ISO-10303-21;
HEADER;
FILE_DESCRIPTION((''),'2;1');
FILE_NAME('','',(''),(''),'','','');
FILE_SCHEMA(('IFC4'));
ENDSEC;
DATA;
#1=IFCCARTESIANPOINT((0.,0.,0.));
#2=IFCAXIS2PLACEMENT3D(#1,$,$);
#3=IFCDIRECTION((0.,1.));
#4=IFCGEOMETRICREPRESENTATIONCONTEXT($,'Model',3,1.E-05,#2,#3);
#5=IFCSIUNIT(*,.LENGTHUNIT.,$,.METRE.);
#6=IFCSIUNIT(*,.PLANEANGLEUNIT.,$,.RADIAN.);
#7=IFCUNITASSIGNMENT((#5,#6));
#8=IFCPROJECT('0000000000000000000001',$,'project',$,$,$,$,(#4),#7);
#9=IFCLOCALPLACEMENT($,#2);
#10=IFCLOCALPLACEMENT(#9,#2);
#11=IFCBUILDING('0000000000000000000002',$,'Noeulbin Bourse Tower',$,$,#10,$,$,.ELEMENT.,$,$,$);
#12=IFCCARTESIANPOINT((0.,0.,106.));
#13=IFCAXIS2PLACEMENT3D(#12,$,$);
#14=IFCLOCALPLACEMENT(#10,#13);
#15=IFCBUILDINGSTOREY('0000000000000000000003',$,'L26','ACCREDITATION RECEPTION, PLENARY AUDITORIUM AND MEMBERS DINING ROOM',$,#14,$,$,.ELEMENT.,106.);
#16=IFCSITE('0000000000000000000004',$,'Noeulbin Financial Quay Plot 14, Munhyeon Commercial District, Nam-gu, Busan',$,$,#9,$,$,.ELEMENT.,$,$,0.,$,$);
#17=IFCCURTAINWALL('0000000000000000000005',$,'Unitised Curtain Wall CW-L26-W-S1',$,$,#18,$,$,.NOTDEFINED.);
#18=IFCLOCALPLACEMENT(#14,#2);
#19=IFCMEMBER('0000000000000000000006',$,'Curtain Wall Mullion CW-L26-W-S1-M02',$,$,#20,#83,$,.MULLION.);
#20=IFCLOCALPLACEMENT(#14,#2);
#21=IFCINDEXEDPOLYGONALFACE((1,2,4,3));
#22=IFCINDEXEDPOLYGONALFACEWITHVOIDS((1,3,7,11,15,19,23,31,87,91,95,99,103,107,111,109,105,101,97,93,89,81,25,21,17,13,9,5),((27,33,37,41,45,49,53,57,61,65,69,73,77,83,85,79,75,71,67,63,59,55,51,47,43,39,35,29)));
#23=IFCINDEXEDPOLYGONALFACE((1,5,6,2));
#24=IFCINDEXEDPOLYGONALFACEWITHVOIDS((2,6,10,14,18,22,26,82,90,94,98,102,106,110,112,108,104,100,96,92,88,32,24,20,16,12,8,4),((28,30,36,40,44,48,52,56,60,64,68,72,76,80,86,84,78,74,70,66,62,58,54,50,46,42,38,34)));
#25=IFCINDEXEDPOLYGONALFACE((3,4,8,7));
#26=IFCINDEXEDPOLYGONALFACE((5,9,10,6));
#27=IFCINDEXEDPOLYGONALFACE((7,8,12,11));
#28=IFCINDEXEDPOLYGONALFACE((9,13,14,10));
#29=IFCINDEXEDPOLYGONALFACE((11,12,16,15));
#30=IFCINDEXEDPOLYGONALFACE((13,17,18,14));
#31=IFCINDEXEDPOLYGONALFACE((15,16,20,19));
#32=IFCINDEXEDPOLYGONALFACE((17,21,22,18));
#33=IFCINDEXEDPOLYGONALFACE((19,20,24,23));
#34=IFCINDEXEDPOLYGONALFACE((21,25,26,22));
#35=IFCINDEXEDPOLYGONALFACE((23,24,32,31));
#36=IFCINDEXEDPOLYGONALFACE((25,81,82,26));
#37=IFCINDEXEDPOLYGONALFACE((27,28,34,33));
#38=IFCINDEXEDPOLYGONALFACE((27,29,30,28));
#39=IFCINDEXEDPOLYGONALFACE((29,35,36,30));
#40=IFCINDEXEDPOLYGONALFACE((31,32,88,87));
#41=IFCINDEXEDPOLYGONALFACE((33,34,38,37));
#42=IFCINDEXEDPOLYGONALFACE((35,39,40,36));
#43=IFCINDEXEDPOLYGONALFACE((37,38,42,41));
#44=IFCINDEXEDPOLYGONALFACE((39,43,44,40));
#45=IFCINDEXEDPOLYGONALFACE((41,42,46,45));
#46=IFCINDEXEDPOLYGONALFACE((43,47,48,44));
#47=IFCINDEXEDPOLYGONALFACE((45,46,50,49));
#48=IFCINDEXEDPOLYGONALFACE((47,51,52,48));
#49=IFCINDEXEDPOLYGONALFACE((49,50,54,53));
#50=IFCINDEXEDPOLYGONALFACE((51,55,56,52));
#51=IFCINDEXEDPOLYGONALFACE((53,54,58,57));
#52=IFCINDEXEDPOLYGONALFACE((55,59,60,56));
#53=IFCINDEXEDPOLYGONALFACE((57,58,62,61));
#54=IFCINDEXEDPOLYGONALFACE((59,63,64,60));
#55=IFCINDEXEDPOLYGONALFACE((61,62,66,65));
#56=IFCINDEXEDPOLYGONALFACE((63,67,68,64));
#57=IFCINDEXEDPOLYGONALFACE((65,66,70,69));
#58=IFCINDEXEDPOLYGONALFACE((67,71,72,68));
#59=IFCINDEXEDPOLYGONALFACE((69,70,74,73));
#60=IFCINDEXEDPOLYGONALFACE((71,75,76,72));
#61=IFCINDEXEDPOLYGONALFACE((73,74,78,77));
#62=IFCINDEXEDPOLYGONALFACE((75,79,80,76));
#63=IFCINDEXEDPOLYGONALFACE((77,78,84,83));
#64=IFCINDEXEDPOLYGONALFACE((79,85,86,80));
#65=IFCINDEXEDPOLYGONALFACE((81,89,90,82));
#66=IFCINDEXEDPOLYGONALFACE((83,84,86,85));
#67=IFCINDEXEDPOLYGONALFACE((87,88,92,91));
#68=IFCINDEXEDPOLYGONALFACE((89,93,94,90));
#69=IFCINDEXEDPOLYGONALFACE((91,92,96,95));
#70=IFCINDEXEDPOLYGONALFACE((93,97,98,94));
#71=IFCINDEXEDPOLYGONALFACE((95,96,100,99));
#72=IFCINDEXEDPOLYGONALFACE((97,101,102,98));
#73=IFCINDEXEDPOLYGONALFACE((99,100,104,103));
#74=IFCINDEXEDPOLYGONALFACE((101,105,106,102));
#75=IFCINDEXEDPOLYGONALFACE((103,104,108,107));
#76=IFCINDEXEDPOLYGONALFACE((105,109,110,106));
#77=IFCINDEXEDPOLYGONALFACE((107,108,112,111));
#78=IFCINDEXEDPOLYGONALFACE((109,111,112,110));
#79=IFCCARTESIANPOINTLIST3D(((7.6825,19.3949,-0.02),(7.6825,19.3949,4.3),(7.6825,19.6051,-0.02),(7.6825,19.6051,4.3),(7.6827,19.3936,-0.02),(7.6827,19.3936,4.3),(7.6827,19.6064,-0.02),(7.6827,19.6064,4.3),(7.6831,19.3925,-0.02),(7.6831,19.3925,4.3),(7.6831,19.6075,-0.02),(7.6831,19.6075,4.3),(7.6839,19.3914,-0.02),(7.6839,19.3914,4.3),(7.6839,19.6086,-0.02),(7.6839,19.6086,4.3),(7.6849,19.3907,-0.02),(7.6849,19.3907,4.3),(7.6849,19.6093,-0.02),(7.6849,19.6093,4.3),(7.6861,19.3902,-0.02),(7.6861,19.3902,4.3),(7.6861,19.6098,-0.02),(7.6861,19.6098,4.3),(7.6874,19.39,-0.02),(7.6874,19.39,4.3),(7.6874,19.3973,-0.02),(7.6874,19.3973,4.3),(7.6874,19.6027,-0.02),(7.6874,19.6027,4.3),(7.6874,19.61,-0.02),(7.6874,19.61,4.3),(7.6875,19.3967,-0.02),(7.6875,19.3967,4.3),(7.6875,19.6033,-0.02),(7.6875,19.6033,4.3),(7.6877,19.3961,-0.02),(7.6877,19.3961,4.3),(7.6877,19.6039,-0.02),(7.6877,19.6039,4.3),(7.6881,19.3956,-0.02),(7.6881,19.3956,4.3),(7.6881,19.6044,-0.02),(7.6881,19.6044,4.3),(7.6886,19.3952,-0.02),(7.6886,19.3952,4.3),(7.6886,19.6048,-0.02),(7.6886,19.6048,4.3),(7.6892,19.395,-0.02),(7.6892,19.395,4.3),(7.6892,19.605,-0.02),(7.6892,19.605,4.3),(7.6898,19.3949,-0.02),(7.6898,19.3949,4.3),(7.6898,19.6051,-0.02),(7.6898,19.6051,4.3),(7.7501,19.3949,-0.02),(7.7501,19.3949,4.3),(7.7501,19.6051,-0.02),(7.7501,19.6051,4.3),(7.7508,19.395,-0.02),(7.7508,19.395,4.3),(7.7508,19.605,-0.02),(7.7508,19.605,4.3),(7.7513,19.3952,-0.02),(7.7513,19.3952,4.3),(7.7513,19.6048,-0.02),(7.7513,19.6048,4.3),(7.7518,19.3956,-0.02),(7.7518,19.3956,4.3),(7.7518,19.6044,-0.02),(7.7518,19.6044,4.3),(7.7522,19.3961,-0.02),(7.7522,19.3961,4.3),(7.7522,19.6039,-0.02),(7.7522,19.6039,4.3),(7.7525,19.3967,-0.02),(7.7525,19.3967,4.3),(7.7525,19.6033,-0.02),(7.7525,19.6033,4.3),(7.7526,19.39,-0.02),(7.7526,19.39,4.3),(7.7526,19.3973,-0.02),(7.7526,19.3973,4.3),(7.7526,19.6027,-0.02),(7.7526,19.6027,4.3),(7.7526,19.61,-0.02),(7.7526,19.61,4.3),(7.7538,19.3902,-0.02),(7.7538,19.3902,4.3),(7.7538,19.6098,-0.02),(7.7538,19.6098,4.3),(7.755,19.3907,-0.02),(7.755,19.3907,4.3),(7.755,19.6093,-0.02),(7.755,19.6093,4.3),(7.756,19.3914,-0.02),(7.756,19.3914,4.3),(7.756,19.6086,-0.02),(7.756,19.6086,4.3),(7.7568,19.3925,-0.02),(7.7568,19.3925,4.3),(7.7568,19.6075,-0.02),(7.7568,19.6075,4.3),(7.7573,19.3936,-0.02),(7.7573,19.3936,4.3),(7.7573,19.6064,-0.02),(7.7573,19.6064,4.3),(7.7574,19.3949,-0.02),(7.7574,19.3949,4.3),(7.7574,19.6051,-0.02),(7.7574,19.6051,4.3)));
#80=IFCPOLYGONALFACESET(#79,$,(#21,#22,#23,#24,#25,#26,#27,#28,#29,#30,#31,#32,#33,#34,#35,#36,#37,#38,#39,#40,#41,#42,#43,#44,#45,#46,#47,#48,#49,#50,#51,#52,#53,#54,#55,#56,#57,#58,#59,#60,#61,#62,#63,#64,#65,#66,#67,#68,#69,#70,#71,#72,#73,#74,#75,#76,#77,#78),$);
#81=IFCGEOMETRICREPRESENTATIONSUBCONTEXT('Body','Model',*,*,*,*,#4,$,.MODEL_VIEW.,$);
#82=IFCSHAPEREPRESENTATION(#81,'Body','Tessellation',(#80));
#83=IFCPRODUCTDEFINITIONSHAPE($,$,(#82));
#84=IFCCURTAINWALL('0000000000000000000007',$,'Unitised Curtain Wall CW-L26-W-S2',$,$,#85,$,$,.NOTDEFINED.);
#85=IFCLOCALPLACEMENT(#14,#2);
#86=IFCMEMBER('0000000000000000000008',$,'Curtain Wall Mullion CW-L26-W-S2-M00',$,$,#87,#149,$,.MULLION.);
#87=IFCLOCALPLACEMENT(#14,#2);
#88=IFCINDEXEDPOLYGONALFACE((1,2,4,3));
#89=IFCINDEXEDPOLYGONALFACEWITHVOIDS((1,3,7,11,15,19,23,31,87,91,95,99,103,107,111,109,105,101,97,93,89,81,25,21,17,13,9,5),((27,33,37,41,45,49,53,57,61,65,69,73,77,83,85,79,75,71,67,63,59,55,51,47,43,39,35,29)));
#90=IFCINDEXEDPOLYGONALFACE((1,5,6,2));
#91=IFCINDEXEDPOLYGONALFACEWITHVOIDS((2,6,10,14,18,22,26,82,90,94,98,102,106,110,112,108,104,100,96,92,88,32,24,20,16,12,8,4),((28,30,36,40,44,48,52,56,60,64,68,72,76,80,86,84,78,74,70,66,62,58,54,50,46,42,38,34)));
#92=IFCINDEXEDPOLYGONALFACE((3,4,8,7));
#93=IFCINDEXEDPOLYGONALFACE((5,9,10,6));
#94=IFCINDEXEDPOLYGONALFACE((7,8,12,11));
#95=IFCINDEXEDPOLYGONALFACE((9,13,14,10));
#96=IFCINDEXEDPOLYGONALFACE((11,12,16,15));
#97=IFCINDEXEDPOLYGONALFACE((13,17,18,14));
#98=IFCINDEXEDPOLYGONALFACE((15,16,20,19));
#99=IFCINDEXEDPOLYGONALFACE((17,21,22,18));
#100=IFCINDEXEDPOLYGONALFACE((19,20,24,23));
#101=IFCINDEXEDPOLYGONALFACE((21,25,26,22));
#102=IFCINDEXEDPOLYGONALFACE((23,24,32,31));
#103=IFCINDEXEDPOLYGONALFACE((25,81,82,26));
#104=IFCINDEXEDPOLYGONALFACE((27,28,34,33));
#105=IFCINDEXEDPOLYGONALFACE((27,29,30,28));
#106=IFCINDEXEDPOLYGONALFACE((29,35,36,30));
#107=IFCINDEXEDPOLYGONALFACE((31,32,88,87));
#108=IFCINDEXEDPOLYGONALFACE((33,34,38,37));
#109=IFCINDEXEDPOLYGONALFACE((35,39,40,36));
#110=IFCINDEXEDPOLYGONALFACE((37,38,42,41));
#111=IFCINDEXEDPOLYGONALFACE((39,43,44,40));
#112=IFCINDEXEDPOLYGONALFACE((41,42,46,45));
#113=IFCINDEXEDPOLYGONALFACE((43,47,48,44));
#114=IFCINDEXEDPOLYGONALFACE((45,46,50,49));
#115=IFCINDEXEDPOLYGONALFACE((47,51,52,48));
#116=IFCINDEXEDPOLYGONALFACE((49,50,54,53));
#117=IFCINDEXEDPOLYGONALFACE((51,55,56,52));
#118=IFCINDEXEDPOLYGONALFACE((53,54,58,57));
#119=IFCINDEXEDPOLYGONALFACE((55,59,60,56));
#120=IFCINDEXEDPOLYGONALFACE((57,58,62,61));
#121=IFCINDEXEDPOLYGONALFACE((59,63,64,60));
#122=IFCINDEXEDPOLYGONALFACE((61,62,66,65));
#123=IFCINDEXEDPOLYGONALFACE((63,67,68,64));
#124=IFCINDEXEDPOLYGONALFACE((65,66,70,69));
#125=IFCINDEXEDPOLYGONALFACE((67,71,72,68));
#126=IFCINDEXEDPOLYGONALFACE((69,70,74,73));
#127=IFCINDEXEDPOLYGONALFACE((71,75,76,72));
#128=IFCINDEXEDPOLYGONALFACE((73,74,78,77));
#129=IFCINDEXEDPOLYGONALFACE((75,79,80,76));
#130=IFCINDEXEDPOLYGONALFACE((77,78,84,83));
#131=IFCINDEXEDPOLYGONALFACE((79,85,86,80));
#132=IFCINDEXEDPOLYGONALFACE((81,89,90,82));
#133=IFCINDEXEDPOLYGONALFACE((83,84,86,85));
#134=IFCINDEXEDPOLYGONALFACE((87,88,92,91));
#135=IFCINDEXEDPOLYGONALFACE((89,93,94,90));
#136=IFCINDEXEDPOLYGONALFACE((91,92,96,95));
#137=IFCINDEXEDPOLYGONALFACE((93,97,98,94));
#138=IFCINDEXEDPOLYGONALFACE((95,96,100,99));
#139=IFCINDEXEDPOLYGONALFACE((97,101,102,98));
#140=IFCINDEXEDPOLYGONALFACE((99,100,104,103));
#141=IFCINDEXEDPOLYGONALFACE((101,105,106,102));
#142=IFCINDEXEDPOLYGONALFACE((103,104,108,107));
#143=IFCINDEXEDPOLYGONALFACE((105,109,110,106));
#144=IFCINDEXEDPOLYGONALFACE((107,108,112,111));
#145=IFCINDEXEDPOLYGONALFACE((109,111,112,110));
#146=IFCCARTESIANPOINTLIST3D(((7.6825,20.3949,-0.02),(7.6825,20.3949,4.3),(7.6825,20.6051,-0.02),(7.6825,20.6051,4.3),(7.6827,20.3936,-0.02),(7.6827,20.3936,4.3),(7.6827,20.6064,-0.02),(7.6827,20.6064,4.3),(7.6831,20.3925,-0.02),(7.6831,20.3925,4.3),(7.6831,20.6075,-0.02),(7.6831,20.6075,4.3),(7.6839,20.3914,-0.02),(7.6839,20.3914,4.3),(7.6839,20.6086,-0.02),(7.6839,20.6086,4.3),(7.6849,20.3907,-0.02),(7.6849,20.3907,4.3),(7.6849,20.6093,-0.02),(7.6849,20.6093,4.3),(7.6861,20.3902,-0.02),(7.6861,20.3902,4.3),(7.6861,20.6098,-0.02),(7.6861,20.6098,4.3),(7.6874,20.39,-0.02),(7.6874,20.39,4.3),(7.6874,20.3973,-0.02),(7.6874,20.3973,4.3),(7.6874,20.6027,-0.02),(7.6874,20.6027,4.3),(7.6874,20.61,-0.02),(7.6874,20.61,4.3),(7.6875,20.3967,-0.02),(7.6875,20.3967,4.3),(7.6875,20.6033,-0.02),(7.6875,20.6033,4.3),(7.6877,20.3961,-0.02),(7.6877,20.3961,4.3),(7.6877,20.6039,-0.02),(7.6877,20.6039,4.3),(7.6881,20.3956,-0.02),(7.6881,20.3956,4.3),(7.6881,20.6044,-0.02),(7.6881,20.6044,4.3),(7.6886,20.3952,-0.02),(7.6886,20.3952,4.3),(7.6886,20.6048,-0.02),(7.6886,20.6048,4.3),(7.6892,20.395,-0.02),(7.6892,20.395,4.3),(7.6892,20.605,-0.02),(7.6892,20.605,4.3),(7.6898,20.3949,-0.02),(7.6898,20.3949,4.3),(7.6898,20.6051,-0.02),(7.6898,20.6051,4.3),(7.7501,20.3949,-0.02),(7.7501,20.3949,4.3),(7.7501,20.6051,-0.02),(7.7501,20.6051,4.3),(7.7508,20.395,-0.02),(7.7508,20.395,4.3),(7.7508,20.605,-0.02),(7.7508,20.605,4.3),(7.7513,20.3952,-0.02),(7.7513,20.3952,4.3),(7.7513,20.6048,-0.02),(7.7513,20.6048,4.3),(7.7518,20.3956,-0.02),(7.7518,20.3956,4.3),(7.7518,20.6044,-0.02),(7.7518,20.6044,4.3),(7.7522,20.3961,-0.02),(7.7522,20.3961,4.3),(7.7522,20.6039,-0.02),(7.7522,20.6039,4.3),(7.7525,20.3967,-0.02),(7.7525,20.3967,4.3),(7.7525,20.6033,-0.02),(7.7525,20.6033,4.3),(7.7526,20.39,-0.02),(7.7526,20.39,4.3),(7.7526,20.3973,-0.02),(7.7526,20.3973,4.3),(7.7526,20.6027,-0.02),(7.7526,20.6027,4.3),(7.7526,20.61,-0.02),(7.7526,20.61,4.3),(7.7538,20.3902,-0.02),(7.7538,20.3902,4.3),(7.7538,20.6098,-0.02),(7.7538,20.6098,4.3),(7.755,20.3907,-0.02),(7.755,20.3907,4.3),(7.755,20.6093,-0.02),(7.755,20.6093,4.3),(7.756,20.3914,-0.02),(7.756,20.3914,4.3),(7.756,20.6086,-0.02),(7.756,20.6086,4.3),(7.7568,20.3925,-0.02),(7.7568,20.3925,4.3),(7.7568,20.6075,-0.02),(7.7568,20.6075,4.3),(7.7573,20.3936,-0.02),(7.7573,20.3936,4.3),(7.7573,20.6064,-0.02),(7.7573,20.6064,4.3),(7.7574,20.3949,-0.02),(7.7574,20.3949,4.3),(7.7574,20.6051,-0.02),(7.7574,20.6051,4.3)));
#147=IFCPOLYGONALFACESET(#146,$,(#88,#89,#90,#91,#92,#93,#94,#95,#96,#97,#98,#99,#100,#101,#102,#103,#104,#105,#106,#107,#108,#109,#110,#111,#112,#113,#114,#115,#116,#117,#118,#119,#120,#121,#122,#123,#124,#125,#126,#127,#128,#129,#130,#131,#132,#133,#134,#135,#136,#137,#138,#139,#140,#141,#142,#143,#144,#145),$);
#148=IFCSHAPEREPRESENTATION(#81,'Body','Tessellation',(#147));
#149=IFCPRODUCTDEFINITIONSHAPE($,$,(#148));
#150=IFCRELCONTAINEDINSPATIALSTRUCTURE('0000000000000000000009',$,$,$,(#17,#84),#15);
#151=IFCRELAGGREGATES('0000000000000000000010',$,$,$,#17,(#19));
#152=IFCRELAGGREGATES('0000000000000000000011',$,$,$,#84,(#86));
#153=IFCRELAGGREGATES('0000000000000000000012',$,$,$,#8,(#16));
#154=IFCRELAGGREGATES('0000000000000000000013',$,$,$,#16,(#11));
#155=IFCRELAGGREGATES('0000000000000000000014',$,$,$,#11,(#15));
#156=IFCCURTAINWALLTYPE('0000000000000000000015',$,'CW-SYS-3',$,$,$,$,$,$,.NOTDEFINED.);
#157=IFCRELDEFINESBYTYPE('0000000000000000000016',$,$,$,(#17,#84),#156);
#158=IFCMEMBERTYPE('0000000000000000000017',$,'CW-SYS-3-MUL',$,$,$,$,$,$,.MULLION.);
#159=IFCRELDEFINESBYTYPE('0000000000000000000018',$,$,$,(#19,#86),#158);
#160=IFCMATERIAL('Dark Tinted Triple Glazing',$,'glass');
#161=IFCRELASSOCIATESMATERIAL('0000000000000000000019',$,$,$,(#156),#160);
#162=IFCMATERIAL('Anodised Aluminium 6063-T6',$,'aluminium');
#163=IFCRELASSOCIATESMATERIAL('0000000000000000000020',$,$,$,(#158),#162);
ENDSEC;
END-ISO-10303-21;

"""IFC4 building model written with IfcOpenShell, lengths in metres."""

from ifc_helpers import new_model, si_unit, direction, frame, origin, origin_2d, place, context, subcontext, project, spatial, hollow_rectangle, extrude, material, material_profile, profile_set, type_object, element, aggregate, save


model = new_model("IFC4")

# Units and contexts
model_context = context("Model", 3, precision=1e-05, world=origin(), true_north=direction((0.0, 1.0)))
body_context = subcontext(model_context, "Body", "Model", "MODEL_VIEW")
ifc_project = project(units=[si_unit("LENGTHUNIT", "METRE"), si_unit("PLANEANGLEUNIT", "RADIAN")], contexts=[model_context])

# Site, building, storey
site_placement = place(None, origin())
site = spatial("IfcSite", under=ifc_project, at=site_placement, Name="Noeulbin Financial Quay Plot 14, Munhyeon Commercial District, Nam-gu, Busan", CompositionType="ELEMENT", RefElevation=0.0)
building_placement = place(site_placement, origin())
building = spatial("IfcBuilding", under=site, at=building_placement, Name="Noeulbin Bourse Tower", CompositionType="ELEMENT")
storey_placement = place(building_placement, frame((0.0, 0.0, 106.0)))
storey = spatial("IfcBuildingStorey", under=building, at=storey_placement, Name="L26", Description="ACCREDITATION RECEPTION, PLENARY AUDITORIUM AND MEMBERS DINING ROOM", CompositionType="ELEMENT", Elevation=106.0)

# Curtain walls, members
ifc_material_1 = material(Name="Dark Tinted Triple Glazing", Category="glass")
curtain_wall_type = type_object("IfcCurtainWallType", Name="CW-SYS-3", PredefinedType="NOTDEFINED", material=ifc_material_1)
curtain_wall_1_placement = place(storey_placement, origin())
curtain_wall_1 = element("IfcCurtainWall", 1, at=curtain_wall_1_placement, inside=storey, type_object=curtain_wall_type, Name="Unitised Curtain Wall CW-L26-W-S1", PredefinedType="NOTDEFINED")
ifc_material_2 = material(Name="Anodised Aluminium 6063-T6", Category="aluminium")
ifc_material_profile_1 = material_profile(ifc_material_2, hollow_rectangle(XDim=0.075, YDim=0.22, WallThickness=0.0049, InnerFilletRadius=0.0024, OuterFilletRadius=0.0049, at=origin_2d()), Name="ALU-MULL-75x220x5", Category="LoadBearing")
ifc_profile_set_1 = profile_set([ifc_material_profile_1], Name="Anodised Aluminium 6063-T6")
member_type_1 = type_object("IfcMemberType", Name="CW-SYS-3-MUL", PredefinedType="MULLION", material=ifc_profile_set_1)
member_1_placement = place(storey_placement, frame((7.72, 19.5, -0.02), z_axis=(0.0, 0.0, 1.0), x_axis=(1.0, 0.0, 0.0)))
member_1 = element("IfcMember", 2, at=member_1_placement, type_object=member_type_1, Name="Curtain Wall Mullion CW-L26-W-S1-M02", PredefinedType="MULLION", context=body_context, shape_type="SweptSolid", body=[
    extrude(hollow_rectangle(XDim=0.075, YDim=0.22, WallThickness=0.0049, InnerFilletRadius=0.0024, OuterFilletRadius=0.0049, at=origin_2d()), origin(), (0.0, 0.0, 1.0), 4.3201),
])
curtain_wall_2_placement = place(storey_placement, origin())
curtain_wall_2 = element("IfcCurtainWall", 3, at=curtain_wall_2_placement, inside=storey, type_object=curtain_wall_type, Name="Unitised Curtain Wall CW-L26-W-S2", PredefinedType="NOTDEFINED")
member_2_placement = place(storey_placement, frame((7.72, 20.5, -0.02), z_axis=(0.0, 0.0, 1.0), x_axis=(1.0, 0.0, 0.0)))
member_2 = element("IfcMember", 4, at=member_2_placement, type_object=member_type_1, Name="Curtain Wall Mullion CW-L26-W-S2-M00", PredefinedType="MULLION", context=body_context, shape_type="SweptSolid", body=[
    extrude(hollow_rectangle(XDim=0.075, YDim=0.22, WallThickness=0.0049, InnerFilletRadius=0.0024, OuterFilletRadius=0.0049, at=origin_2d()), origin(), (0.0, 0.0, 1.0), 4.3201),
])

aggregate(curtain_wall_1, [member_1])
aggregate(curtain_wall_2, [member_2])

save(model, "model.ifc")
